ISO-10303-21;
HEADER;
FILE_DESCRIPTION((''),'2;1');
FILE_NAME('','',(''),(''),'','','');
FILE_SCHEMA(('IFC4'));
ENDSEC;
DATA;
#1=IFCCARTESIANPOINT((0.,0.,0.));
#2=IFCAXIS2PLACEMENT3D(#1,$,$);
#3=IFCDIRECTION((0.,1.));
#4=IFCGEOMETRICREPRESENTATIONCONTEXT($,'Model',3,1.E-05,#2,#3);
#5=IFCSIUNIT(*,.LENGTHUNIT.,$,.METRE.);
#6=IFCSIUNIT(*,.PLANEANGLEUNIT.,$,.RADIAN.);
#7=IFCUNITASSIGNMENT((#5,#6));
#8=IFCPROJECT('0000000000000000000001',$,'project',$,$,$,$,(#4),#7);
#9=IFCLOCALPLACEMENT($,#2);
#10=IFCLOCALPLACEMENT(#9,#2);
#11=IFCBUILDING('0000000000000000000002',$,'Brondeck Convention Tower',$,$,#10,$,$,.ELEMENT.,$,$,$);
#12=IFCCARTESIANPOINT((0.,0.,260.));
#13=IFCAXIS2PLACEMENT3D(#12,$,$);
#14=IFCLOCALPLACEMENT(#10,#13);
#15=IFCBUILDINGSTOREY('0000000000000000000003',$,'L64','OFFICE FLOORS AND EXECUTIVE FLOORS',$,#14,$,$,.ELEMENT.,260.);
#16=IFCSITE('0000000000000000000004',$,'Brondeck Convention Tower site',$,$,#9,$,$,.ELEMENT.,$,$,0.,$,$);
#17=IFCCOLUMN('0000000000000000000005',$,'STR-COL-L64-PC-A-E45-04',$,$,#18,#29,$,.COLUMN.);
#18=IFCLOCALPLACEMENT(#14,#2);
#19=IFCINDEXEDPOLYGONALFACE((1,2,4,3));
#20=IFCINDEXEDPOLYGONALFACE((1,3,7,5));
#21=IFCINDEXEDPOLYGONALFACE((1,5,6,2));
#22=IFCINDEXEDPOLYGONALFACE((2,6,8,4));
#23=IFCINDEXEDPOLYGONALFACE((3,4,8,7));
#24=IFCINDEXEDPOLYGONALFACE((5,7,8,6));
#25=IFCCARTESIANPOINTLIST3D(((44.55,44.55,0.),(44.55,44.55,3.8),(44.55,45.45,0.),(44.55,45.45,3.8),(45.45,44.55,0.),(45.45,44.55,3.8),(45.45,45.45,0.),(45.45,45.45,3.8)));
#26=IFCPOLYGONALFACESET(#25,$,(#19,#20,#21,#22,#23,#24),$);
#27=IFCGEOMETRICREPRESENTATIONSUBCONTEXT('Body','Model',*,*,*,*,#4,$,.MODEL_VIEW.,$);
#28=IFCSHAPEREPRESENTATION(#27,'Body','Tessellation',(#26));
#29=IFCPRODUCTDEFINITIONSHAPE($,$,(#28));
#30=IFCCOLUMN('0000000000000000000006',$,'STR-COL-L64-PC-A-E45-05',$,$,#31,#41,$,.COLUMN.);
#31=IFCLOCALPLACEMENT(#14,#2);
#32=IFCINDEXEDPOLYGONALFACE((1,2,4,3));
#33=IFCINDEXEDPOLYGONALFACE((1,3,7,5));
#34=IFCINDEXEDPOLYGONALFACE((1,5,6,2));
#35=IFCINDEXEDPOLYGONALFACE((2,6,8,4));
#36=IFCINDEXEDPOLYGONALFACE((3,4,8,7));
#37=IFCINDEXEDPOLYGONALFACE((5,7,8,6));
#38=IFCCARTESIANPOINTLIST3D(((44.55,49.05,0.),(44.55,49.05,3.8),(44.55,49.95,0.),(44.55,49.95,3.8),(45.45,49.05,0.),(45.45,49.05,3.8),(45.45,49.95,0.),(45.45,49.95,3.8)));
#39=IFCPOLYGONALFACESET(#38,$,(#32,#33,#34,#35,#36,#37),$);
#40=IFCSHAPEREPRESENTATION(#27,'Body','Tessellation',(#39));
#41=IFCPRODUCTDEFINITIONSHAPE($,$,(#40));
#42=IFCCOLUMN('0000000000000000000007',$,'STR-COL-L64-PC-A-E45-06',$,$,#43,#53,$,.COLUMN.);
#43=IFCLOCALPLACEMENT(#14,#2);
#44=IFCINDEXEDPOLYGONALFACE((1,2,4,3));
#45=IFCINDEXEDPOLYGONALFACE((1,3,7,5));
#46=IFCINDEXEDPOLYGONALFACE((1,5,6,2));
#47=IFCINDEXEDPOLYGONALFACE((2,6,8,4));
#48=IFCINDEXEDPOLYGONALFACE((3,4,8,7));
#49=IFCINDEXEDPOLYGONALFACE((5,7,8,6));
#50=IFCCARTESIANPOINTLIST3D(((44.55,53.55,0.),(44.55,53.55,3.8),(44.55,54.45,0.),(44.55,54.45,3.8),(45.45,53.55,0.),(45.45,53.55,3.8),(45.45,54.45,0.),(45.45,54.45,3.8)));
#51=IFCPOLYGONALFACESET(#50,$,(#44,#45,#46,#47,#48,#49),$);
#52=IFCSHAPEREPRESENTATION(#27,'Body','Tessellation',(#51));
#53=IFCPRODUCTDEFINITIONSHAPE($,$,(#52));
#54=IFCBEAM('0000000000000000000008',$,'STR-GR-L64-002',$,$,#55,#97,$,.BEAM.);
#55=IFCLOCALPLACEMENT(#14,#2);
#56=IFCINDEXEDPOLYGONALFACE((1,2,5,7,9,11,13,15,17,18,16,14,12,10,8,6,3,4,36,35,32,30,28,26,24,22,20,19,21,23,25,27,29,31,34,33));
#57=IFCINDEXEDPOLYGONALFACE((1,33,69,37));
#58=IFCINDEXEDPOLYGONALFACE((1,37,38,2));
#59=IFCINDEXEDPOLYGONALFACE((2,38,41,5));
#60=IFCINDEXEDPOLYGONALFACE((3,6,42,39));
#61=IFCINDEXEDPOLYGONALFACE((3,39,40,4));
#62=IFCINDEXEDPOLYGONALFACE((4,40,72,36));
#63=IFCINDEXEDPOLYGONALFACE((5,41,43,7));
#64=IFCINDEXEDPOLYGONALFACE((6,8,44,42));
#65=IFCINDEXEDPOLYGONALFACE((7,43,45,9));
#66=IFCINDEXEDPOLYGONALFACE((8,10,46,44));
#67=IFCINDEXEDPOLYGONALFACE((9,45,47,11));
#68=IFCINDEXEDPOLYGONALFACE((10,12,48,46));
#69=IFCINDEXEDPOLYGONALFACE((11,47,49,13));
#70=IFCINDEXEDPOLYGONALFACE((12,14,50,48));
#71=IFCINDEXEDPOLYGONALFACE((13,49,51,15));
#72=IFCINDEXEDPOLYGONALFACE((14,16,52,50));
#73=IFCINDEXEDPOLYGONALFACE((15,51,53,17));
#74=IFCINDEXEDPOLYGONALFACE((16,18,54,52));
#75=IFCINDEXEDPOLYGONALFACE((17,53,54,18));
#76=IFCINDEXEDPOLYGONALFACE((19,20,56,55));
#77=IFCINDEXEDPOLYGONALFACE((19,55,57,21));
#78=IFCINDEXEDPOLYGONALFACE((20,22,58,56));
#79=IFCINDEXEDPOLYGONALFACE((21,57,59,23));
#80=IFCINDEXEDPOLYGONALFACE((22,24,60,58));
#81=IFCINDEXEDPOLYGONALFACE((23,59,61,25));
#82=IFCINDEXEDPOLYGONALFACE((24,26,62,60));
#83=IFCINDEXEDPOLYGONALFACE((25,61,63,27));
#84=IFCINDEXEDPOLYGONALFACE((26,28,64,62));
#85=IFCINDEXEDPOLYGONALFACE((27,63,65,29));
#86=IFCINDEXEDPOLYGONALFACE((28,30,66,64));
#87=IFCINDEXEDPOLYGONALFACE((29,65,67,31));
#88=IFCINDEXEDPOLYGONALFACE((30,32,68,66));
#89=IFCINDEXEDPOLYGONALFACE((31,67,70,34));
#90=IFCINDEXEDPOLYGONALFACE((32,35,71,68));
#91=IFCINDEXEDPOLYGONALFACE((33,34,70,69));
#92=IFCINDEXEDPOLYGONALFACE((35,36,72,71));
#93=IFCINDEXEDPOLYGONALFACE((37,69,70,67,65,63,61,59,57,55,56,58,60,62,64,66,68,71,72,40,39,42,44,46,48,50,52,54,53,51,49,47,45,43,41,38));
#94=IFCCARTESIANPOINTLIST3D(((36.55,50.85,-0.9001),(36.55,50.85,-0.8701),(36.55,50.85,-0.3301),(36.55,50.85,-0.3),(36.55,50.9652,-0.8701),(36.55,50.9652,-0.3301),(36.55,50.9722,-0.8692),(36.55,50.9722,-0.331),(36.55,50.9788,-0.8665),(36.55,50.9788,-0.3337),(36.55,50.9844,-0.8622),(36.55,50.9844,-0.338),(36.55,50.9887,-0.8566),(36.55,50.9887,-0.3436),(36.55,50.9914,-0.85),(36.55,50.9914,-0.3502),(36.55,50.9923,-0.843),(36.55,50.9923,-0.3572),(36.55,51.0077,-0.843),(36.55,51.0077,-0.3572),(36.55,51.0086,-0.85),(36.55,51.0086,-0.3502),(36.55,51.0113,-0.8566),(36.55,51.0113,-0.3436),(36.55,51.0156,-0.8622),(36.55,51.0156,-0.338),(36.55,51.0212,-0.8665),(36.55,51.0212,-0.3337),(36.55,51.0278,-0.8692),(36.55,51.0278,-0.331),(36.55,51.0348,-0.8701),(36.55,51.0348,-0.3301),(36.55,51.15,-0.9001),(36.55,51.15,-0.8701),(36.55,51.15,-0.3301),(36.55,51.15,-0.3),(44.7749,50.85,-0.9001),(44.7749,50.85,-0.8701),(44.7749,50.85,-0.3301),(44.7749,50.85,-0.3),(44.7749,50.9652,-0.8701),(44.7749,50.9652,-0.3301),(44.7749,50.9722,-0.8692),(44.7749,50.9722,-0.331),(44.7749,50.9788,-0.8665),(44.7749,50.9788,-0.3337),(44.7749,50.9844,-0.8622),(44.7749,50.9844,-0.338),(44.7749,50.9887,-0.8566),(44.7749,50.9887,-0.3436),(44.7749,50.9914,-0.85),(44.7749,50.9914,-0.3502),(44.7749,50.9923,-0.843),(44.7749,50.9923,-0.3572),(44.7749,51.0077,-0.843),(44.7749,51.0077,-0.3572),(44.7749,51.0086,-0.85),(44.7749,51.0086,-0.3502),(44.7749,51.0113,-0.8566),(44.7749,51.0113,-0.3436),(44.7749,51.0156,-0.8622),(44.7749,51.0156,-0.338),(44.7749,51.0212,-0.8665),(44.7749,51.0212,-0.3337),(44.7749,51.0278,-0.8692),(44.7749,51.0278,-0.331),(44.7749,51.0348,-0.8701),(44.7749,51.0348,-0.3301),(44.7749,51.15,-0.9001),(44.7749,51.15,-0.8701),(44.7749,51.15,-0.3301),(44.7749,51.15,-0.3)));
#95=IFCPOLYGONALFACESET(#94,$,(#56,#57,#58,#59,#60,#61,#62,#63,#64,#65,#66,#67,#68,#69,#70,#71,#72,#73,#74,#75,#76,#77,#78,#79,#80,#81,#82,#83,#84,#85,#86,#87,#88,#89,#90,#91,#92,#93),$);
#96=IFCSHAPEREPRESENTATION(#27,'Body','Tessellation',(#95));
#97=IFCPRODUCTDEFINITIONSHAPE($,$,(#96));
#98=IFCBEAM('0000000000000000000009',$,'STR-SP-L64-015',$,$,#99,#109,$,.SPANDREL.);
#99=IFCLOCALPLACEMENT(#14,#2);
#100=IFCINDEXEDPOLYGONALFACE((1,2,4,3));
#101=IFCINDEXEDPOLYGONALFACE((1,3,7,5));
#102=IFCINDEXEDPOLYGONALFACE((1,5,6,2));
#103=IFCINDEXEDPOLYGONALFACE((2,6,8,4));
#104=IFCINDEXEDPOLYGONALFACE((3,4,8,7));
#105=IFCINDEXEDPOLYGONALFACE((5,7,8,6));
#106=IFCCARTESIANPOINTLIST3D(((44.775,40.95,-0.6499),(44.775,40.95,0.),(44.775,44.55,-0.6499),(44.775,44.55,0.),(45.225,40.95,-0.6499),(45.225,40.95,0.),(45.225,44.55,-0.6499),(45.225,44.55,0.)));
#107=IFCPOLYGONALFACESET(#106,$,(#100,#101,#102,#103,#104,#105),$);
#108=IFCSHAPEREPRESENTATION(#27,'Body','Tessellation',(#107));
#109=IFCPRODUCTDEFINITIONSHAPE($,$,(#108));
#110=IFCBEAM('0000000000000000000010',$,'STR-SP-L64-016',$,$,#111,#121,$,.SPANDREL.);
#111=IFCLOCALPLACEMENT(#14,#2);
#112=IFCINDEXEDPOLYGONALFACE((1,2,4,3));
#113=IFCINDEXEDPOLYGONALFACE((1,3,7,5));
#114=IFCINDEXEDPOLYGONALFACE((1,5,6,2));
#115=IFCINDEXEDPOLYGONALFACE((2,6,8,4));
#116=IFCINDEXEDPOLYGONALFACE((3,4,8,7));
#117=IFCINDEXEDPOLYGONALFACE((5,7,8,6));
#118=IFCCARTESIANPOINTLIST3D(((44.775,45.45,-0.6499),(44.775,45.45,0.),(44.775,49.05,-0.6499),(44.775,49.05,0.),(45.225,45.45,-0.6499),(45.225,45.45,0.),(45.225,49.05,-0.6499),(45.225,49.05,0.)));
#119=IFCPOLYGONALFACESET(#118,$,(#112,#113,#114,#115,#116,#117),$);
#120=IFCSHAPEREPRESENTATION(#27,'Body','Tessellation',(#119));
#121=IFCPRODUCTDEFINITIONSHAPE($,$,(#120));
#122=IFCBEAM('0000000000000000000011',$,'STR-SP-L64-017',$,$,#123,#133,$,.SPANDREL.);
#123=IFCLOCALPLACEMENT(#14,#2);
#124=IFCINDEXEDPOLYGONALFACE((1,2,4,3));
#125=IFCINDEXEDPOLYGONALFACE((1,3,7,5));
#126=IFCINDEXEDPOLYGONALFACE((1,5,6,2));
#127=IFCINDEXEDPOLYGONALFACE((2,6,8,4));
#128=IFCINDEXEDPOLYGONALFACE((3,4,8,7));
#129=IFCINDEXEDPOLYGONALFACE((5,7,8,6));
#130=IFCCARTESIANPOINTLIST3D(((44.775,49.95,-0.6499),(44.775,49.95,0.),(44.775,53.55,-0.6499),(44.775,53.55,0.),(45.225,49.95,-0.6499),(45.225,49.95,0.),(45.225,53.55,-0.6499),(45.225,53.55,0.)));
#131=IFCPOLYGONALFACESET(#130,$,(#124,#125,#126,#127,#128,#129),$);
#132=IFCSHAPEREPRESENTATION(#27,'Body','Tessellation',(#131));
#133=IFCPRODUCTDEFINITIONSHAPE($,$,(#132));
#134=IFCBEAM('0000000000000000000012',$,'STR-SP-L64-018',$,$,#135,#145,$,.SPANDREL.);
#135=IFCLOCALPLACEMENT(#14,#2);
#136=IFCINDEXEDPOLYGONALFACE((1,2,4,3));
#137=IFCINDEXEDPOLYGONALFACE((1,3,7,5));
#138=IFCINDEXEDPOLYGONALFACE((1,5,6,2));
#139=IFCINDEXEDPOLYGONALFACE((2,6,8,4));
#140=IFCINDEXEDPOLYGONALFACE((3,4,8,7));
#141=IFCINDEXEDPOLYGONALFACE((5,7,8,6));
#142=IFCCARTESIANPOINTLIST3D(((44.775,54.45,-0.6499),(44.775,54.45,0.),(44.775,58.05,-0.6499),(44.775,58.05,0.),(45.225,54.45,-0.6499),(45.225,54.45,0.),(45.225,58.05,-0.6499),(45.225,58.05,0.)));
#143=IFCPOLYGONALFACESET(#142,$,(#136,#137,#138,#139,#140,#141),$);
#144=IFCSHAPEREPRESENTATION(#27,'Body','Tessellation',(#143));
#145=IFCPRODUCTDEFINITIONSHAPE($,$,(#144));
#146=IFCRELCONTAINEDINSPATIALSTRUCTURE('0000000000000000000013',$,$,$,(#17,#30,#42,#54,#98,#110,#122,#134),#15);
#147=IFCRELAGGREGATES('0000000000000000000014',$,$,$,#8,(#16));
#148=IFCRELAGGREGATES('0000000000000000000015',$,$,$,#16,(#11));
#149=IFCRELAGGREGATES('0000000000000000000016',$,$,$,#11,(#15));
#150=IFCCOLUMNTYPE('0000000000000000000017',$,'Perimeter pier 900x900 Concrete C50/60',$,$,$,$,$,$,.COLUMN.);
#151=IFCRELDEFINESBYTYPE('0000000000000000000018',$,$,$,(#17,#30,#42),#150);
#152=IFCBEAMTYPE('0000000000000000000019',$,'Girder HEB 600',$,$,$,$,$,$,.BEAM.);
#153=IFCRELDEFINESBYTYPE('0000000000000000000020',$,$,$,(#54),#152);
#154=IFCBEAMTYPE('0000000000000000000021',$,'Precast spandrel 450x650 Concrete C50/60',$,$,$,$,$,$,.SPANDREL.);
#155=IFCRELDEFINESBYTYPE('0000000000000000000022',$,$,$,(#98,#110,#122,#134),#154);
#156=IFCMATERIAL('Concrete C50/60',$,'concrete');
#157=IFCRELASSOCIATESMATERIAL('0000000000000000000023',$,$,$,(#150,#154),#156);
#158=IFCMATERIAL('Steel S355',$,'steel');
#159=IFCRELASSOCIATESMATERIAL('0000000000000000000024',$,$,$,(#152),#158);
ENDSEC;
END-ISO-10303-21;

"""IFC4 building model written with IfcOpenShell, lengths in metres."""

from ifc_helpers import new_model, si_unit, direction, frame, origin, origin_2d, place, context, subcontext, project, spatial, rectangle, i_section, extrude, material, material_profile, profile_set, type_object, element, save


model = new_model("IFC4")

# Units and contexts
model_context = context("Model", 3, precision=1e-05, world=origin(), true_north=direction((0.0, 1.0)))
body_context = subcontext(model_context, "Body", "Model", "MODEL_VIEW")
ifc_project = project(units=[si_unit("LENGTHUNIT", "METRE"), si_unit("PLANEANGLEUNIT", "RADIAN")], contexts=[model_context])

# Site, building, storey
site_placement = place(None, origin())
site = spatial("IfcSite", under=ifc_project, at=site_placement, Name="Brondeck Convention Tower site", CompositionType="ELEMENT", RefElevation=0.0)
building_placement = place(site_placement, origin())
building = spatial("IfcBuilding", under=site, at=building_placement, Name="Brondeck Convention Tower", CompositionType="ELEMENT")
storey_placement = place(building_placement, frame((0.0, 0.0, 260.0)))
storey = spatial("IfcBuildingStorey", under=building, at=storey_placement, Name="L64", Description="OFFICE FLOORS AND EXECUTIVE FLOORS", CompositionType="ELEMENT", Elevation=260.0)

# Columns
ifc_material_1 = material(Name="Concrete C50/60", Category="concrete")
ifc_material_profile_1 = material_profile(ifc_material_1, rectangle(XDim=0.8999, YDim=0.8999, at=origin_2d()), Name="Perimeter pier 900x900 Concrete C50/60")
ifc_profile_set_1 = profile_set([ifc_material_profile_1], Name="Concrete C50/60")
column_type = type_object("IfcColumnType", Name="Perimeter pier 900x900 Concrete C50/60", PredefinedType="COLUMN", material=ifc_profile_set_1)
for number, where, z_axis, x_axis, name in (
    (1, (45.0, 45.0, 0.0), (0.0, 0.0, 1.0), (0.0, 1.0, 0.0), "STR-COL-L64-PC-A-E45-04"),
    (2, (45.0, 49.5, 0.0), (0.0, 0.0, 1.0), (0.0, 1.0, 0.0), "STR-COL-L64-PC-A-E45-05"),
    (3, (45.0, 54.0, 0.0), (0.0, 0.0, 1.0), (0.0, 1.0, 0.0), "STR-COL-L64-PC-A-E45-06"),
):
    element("IfcColumn", number, at=place(storey_placement, frame(where, z_axis=z_axis, x_axis=x_axis)), inside=storey, type_object=column_type, Name=name, PredefinedType="COLUMN", context=body_context, shape_type="SweptSolid", body=[
        extrude(rectangle(XDim=0.8999, YDim=0.8999, at=origin_2d()), origin(), (0.0, 0.0, 1.0), 3.8),
    ])

# Beams
ifc_material_2 = material(Name="Steel S355", Category="steel")
ifc_material_profile_2 = material_profile(ifc_material_2, i_section(OverallWidth=0.3, OverallDepth=0.6001, WebThickness=0.0154, FlangeThickness=0.03, FilletRadius=0.0271, at=origin_2d()), Name="HEB 600")
ifc_profile_set_2 = profile_set([ifc_material_profile_2], Name="Steel S355")
beam_type_1 = type_object("IfcBeamType", Name="Girder HEB 600", PredefinedType="BEAM", material=ifc_profile_set_2)
beam_placement = place(storey_placement, frame((36.55, 51.0, -0.6001), z_axis=(1.0, 0.0, 0.0), x_axis=(0.0, 1.0, 0.0)))
element("IfcBeam", 4, at=beam_placement, inside=storey, type_object=beam_type_1, Name="STR-GR-L64-002", PredefinedType="BEAM", context=body_context, shape_type="SweptSolid", body=[
    extrude(i_section(OverallWidth=0.3, OverallDepth=0.6001, WebThickness=0.0154, FlangeThickness=0.03, FilletRadius=0.0271, at=origin_2d()), origin(), (0.0, 0.0, 1.0), 8.2249),
])
ifc_material_profile_3 = material_profile(ifc_material_1, rectangle(XDim=0.45, YDim=0.6499, at=origin_2d()), Name="Precast spandrel 450x650 Concrete C50/60")
ifc_profile_set_3 = profile_set([ifc_material_profile_3], Name="Concrete C50/60")
beam_type_2 = type_object("IfcBeamType", Name="Precast spandrel 450x650 Concrete C50/60", PredefinedType="SPANDREL", material=ifc_profile_set_3)
for number, where, z_axis, x_axis, name in (
    (5, (45.0, 40.95, -0.325), (0.0, 1.0, 0.0), (-1.0, 0.0, 0.0), "STR-SP-L64-015"),
    (6, (45.0, 45.45, -0.325), (0.0, 1.0, 0.0), (-1.0, 0.0, 0.0), "STR-SP-L64-016"),
    (7, (45.0, 49.95, -0.325), (0.0, 1.0, 0.0), (-1.0, 0.0, 0.0), "STR-SP-L64-017"),
    (8, (45.0, 54.45, -0.325), (0.0, 1.0, 0.0), (-1.0, 0.0, 0.0), "STR-SP-L64-018"),
):
    element("IfcBeam", number, at=place(storey_placement, frame(where, z_axis=z_axis, x_axis=x_axis)), inside=storey, type_object=beam_type_2, Name=name, PredefinedType="SPANDREL", context=body_context, shape_type="SweptSolid", body=[
        extrude(rectangle(XDim=0.45, YDim=0.6499, at=origin_2d()), origin(), (0.0, 0.0, 1.0), 3.6001),
    ])

save(model, "model.ifc")
